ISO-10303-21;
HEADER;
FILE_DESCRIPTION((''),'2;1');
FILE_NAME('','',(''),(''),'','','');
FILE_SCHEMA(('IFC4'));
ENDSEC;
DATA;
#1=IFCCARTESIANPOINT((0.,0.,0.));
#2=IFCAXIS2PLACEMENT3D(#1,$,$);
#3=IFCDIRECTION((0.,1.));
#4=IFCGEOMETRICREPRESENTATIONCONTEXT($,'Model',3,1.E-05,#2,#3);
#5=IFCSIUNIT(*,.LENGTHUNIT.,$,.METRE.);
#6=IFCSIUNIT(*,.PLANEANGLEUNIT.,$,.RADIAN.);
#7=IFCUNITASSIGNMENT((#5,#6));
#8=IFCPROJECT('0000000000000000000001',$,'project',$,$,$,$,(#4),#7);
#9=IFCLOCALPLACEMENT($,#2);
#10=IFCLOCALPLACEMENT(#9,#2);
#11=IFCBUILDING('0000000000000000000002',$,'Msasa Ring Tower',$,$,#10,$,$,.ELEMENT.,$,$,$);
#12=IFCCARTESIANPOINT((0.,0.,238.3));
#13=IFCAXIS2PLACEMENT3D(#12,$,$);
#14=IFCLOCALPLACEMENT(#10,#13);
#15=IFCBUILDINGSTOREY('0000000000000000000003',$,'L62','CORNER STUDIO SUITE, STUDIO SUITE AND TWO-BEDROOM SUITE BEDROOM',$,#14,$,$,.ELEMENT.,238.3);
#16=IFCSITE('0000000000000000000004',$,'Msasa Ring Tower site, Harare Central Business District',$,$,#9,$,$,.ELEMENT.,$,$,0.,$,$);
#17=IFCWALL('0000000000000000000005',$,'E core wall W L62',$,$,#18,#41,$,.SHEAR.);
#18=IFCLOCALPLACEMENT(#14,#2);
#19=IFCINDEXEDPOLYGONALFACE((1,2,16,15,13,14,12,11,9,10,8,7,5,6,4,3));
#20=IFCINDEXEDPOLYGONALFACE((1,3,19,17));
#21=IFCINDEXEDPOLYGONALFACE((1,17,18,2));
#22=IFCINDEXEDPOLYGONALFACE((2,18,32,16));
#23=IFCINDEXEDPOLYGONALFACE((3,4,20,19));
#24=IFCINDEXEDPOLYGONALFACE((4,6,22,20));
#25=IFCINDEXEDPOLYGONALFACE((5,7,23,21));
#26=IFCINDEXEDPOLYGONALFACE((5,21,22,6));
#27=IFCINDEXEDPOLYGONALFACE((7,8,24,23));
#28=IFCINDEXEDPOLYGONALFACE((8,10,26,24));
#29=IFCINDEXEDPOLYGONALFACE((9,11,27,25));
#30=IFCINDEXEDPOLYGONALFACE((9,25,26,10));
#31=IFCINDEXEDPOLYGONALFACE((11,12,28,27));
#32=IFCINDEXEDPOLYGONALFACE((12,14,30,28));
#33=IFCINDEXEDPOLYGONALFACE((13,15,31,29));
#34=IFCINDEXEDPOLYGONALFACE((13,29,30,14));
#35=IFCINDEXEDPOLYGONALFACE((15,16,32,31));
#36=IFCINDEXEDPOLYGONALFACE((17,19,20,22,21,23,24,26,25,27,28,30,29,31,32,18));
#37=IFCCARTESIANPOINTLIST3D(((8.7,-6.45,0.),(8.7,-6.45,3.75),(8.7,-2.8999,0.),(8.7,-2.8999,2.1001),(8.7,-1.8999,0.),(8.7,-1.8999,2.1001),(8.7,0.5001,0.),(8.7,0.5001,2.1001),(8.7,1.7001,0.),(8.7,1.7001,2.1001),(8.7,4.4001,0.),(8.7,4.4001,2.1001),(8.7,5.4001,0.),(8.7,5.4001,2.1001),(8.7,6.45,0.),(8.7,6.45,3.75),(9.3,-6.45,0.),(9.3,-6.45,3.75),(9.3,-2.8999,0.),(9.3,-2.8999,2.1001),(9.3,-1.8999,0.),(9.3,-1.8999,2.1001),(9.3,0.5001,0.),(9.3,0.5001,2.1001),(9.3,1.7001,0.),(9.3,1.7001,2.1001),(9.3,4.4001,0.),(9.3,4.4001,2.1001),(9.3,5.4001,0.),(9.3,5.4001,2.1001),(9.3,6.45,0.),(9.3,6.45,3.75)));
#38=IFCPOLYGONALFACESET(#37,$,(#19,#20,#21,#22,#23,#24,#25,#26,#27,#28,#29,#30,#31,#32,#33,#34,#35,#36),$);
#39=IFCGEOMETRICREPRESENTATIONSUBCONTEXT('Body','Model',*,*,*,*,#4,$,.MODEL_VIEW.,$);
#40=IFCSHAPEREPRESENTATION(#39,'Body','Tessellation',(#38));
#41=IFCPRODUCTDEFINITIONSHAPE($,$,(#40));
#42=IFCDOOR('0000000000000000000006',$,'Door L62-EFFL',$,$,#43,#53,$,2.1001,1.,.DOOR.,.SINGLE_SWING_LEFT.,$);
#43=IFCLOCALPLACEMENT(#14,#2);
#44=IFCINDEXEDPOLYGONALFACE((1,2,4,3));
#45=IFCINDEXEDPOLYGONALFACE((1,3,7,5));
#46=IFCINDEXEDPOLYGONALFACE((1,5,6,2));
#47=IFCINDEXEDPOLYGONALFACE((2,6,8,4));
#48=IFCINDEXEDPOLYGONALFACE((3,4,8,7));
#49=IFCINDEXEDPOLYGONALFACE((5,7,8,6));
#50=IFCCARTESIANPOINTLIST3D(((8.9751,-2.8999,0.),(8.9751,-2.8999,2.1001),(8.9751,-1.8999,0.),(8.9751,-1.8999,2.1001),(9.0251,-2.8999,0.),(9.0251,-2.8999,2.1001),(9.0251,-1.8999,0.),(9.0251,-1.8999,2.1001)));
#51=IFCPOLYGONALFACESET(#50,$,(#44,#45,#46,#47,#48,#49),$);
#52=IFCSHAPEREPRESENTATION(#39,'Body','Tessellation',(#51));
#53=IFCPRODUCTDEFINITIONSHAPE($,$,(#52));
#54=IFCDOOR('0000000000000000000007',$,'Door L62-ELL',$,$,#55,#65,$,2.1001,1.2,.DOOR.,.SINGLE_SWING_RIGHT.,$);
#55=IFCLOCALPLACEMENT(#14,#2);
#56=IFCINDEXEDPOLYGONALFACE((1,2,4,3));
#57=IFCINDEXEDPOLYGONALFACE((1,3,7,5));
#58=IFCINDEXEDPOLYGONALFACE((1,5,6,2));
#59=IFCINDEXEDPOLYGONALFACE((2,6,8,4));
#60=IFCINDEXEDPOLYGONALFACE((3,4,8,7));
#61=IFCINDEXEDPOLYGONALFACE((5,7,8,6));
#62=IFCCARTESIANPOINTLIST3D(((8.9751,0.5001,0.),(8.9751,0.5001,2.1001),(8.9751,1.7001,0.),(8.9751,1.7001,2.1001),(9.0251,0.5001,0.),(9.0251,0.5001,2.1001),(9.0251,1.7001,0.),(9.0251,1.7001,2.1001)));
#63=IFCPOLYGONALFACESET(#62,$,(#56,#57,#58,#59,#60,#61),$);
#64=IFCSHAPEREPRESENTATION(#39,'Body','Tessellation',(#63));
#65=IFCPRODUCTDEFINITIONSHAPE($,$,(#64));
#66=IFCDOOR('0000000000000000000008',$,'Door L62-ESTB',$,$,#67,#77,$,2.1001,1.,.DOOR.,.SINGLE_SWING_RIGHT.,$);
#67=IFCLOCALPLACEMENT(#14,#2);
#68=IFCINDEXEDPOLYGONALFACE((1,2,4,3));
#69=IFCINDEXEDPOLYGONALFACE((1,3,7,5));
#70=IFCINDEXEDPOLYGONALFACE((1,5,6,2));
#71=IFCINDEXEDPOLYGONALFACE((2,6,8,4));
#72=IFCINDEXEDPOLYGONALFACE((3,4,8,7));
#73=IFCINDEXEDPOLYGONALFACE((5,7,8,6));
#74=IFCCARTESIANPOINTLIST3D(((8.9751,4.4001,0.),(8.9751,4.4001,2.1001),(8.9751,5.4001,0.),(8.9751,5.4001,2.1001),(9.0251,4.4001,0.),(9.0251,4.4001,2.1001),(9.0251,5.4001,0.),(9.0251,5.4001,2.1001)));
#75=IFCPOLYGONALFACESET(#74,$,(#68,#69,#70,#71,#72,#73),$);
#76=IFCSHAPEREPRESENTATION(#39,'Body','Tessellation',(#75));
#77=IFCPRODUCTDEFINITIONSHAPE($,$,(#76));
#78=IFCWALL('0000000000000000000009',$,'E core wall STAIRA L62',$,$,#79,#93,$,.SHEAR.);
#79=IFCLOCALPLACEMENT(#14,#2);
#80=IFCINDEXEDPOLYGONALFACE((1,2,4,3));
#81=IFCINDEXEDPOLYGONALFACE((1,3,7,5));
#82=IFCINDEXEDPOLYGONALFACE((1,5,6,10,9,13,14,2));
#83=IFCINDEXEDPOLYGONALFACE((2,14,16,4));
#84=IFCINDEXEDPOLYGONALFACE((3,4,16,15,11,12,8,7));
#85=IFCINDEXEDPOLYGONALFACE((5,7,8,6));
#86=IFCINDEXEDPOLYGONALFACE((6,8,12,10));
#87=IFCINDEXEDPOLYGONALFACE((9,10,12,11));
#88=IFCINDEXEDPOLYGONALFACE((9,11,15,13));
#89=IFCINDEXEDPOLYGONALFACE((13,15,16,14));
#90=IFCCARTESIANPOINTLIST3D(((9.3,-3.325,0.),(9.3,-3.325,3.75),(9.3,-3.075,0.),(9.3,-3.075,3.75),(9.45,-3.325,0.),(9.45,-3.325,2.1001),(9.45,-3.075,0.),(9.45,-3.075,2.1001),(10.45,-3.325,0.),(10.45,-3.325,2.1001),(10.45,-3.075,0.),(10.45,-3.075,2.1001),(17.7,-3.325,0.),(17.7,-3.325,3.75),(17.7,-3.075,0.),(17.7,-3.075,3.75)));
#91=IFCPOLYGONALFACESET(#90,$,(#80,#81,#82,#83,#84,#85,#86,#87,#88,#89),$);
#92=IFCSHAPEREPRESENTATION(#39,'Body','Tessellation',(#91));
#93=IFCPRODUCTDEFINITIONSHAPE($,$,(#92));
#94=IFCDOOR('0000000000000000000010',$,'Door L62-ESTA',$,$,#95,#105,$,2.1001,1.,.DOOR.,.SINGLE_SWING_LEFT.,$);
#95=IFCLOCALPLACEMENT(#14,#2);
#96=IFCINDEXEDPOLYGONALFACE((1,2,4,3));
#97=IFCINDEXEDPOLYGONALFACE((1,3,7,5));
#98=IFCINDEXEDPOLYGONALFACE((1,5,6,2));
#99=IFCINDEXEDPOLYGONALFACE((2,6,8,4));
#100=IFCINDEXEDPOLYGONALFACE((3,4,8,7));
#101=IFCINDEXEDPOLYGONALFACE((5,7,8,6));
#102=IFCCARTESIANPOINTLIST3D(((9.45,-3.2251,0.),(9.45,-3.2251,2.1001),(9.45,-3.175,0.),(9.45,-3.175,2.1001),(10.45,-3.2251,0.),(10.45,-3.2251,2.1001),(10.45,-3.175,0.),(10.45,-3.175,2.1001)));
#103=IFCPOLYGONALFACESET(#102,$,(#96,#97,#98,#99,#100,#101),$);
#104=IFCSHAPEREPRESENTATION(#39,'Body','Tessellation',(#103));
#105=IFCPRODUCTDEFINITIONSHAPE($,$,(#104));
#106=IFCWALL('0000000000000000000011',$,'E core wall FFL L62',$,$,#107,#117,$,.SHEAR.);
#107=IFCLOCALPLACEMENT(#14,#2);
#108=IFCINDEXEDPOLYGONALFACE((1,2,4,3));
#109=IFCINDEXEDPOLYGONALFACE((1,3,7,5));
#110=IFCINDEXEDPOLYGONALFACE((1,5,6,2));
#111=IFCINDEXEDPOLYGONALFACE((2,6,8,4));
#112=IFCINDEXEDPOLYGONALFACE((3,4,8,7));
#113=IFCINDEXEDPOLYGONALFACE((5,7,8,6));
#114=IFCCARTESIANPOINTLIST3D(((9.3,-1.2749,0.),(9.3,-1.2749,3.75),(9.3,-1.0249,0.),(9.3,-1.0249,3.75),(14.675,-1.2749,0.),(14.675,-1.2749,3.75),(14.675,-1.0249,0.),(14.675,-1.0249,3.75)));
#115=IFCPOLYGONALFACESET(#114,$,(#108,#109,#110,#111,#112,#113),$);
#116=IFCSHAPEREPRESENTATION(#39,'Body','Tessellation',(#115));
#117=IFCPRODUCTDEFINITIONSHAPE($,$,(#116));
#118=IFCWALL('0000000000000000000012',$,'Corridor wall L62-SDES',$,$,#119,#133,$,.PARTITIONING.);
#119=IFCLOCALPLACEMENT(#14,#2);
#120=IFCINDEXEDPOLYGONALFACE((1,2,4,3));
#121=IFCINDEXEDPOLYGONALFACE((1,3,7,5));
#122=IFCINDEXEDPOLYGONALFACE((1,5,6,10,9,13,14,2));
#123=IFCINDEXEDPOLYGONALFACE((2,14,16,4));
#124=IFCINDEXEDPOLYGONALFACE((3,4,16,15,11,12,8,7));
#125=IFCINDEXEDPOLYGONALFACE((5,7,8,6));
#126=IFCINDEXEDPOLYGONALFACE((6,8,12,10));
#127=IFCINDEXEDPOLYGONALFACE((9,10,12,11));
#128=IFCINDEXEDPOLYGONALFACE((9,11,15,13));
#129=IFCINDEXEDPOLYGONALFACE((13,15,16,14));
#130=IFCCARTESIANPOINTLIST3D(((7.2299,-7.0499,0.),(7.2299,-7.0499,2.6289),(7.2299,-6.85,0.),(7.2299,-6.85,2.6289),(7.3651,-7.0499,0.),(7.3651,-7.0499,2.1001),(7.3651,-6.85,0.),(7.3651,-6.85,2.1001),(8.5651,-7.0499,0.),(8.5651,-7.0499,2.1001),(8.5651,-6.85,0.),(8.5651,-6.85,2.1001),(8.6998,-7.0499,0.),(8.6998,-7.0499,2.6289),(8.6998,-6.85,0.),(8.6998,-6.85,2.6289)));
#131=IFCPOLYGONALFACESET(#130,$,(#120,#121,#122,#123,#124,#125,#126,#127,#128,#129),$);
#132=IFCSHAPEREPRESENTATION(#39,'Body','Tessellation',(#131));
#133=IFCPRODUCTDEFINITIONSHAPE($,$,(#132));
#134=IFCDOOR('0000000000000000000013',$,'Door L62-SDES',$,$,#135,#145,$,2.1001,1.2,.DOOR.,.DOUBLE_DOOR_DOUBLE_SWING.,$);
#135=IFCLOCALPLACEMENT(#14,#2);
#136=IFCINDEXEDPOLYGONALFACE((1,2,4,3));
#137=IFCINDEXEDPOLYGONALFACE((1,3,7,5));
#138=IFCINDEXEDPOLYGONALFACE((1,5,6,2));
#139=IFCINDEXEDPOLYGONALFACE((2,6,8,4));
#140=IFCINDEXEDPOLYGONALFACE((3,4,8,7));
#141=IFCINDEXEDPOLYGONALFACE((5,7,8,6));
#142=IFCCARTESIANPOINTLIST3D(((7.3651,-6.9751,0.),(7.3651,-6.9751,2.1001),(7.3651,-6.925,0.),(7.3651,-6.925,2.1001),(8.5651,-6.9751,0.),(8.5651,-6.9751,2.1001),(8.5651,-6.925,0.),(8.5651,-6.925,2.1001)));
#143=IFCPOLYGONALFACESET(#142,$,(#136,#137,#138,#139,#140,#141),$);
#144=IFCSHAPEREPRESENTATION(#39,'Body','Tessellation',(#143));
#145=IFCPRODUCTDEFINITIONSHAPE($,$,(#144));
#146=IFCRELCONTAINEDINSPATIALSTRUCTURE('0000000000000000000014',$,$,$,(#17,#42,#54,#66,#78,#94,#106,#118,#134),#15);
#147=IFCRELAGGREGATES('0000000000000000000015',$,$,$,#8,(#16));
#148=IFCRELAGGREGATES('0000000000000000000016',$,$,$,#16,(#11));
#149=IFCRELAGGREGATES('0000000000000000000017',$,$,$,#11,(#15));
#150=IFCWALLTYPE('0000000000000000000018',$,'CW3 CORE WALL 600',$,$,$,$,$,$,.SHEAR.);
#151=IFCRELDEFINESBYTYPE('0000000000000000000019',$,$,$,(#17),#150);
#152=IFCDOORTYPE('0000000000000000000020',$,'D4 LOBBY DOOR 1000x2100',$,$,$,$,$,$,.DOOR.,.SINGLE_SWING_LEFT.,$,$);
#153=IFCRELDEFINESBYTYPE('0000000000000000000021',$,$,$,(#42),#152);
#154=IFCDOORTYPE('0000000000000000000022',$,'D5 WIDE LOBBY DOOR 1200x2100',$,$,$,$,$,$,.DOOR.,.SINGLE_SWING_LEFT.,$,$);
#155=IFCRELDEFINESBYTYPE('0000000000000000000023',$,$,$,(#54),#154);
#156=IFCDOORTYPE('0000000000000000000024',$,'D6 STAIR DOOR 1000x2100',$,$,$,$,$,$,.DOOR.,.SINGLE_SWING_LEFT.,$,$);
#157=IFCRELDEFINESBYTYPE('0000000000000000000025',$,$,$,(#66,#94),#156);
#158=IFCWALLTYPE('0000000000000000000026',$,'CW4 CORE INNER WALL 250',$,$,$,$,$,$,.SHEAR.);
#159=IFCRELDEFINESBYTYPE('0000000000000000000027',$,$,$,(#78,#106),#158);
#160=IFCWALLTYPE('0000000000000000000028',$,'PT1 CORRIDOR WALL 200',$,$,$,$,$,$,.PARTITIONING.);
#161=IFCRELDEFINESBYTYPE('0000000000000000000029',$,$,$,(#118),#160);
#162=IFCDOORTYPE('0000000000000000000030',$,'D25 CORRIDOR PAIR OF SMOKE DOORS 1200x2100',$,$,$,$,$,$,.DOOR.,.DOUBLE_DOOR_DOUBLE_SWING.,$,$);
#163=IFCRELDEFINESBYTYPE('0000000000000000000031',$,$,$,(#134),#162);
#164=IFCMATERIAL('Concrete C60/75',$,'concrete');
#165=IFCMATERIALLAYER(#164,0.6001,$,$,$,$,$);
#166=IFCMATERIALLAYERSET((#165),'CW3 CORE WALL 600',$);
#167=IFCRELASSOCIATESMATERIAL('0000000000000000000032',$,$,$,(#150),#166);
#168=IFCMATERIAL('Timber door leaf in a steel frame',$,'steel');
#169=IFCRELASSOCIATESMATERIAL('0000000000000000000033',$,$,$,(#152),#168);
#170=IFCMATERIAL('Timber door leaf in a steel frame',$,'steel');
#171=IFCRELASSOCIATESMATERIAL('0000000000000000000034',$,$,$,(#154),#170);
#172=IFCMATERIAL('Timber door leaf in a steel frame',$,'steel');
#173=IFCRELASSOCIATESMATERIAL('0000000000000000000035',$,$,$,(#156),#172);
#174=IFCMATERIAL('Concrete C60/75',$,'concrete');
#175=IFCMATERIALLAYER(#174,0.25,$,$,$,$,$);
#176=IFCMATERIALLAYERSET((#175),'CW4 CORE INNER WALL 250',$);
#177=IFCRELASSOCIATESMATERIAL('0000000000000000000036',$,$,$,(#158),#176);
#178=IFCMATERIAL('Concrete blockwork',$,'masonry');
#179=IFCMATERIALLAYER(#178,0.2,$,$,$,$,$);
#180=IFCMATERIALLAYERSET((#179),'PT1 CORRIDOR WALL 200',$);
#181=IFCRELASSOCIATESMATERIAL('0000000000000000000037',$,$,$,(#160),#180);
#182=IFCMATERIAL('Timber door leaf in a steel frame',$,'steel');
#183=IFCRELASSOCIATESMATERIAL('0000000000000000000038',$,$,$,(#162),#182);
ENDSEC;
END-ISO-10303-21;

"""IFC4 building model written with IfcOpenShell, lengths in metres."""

from ifc_helpers import new_model, si_unit, direction, frame, frame_2d, origin, place, context, subcontext, project, spatial, rectangle, extrude, material, layer, layer_set, type_object, element, fill, save


model = new_model("IFC4")

# Units and contexts
model_context = context("Model", 3, precision=1e-05, world=origin(), true_north=direction((0.0, 1.0)))
body_context = subcontext(model_context, "Body", "Model", "MODEL_VIEW")
ifc_project = project(units=[si_unit("LENGTHUNIT", "METRE"), si_unit("PLANEANGLEUNIT", "RADIAN")], contexts=[model_context])

# Site, building, storey
site_placement = place(None, origin())
site = spatial("IfcSite", under=ifc_project, at=site_placement, Name="Msasa Ring Tower site, Harare Central Business District", CompositionType="ELEMENT", RefElevation=0.0)
building_placement = place(site_placement, origin())
building = spatial("IfcBuilding", under=site, at=building_placement, Name="Msasa Ring Tower", CompositionType="ELEMENT")
storey_placement = place(building_placement, frame((0.0, 0.0, 238.3)))
storey = spatial("IfcBuildingStorey", under=building, at=storey_placement, Name="L62", Description="CORNER STUDIO SUITE, STUDIO SUITE AND TWO-BEDROOM SUITE BEDROOM", CompositionType="ELEMENT", Elevation=238.3)

# Shared definitions
ifc_material_1 = material(Name="Concrete C60/75", Category="concrete")
ifc_layer_1 = layer(ifc_material_1, 0.6001)
ifc_layer_set_1 = layer_set([ifc_layer_1], Name="CW3 CORE WALL 600")
wall_type_1 = type_object("IfcWallType", Name="CW3 CORE WALL 600", PredefinedType="SHEAR", material=ifc_layer_set_1)

# Wall, openings, doors
wall_1_placement = place(storey_placement, frame((9.0, -6.45, 0.0), z_axis=(0.0, 0.0, 1.0), x_axis=(0.0, 1.0, 0.0)))
wall_1 = element("IfcWall", 1, at=wall_1_placement, inside=storey, type_object=wall_type_1, Name="E core wall W L62", PredefinedType="SHEAR", context=body_context, shape_type="SweptSolid", body=[
    extrude(rectangle(XDim=12.8999, YDim=0.6001, at=frame_2d((6.45, 0.0))), origin(), (0.0, 0.0, 1.0), 3.75),
])
opening_1_placement = place(wall_1_placement, frame((3.55, 0.0, 0.0)))
opening_1 = element("IfcOpeningElement", 2, at=opening_1_placement, cuts=wall_1, PredefinedType="OPENING", context=body_context, shape_type="SweptSolid", body=[
    extrude(rectangle(XDim=1.0, YDim=2.1001, at=frame_2d((0.5, 1.05))), frame((0.0, 0.3101, 0.0), z_axis=(0.0, -1.0, 0.0), x_axis=(1.0, 0.0, 0.0)), (0.0, 0.0, 1.0), 0.6201),
])
opening_2_placement = place(wall_1_placement, frame((6.95, 0.0, 0.0)))
opening_2 = element("IfcOpeningElement", 3, at=opening_2_placement, cuts=wall_1, PredefinedType="OPENING", context=body_context, shape_type="SweptSolid", body=[
    extrude(rectangle(XDim=1.2, YDim=2.1001, at=frame_2d((0.6001, 1.05))), frame((0.0, 0.3101, 0.0), z_axis=(0.0, -1.0, 0.0), x_axis=(1.0, 0.0, 0.0)), (0.0, 0.0, 1.0), 0.6201),
])
opening_3_placement = place(wall_1_placement, frame((10.8501, 0.0, 0.0)))
opening_3 = element("IfcOpeningElement", 4, at=opening_3_placement, cuts=wall_1, PredefinedType="OPENING", context=body_context, shape_type="SweptSolid", body=[
    extrude(rectangle(XDim=1.0, YDim=2.1001, at=frame_2d((0.5, 1.05))), frame((0.0, 0.3101, 0.0), z_axis=(0.0, -1.0, 0.0), x_axis=(1.0, 0.0, 0.0)), (0.0, 0.0, 1.0), 0.6201),
])
ifc_material_2 = material(Name="Timber door leaf in a steel frame", Category="steel")
door_type_1 = type_object("IfcDoorType", Name="D4 LOBBY DOOR 1000x2100", OperationType="SINGLE_SWING_LEFT", PredefinedType="DOOR", material=ifc_material_2)
door_1_placement = place(opening_1_placement, origin())
door_1 = element("IfcDoor", 5, at=door_1_placement, inside=storey, type_object=door_type_1, Name="Door L62-EFFL", OperationType="SINGLE_SWING_LEFT", OverallHeight=2.1001, OverallWidth=1.0, PredefinedType="DOOR", context=body_context, shape_type="SweptSolid", body=[
    extrude(rectangle(XDim=1.0, YDim=2.1001, at=frame_2d((0.5, 1.05))), frame((0.0, 0.0249, 0.0), z_axis=(0.0, -1.0, 0.0), x_axis=(1.0, 0.0, 0.0)), (0.0, 0.0, 1.0), 0.05),
])
fill(opening_1, door_1)
ifc_material_3 = material(Name="Timber door leaf in a steel frame", Category="steel")
door_type_2 = type_object("IfcDoorType", Name="D5 WIDE LOBBY DOOR 1200x2100", OperationType="SINGLE_SWING_LEFT", PredefinedType="DOOR", material=ifc_material_3)
door_2_placement = place(opening_2_placement, origin())
door_2 = element("IfcDoor", 6, at=door_2_placement, inside=storey, type_object=door_type_2, Name="Door L62-ELL", OperationType="SINGLE_SWING_RIGHT", OverallHeight=2.1001, OverallWidth=1.2, PredefinedType="DOOR", context=body_context, shape_type="SweptSolid", body=[
    extrude(rectangle(XDim=1.2, YDim=2.1001, at=frame_2d((0.6001, 1.05))), frame((0.0, 0.0249, 0.0), z_axis=(0.0, -1.0, 0.0), x_axis=(1.0, 0.0, 0.0)), (0.0, 0.0, 1.0), 0.05),
])
fill(opening_2, door_2)
ifc_material_4 = material(Name="Timber door leaf in a steel frame", Category="steel")
door_type_3 = type_object("IfcDoorType", Name="D6 STAIR DOOR 1000x2100", OperationType="SINGLE_SWING_LEFT", PredefinedType="DOOR", material=ifc_material_4)
door_3_placement = place(opening_3_placement, origin())
door_3 = element("IfcDoor", 7, at=door_3_placement, inside=storey, type_object=door_type_3, Name="Door L62-ESTB", OperationType="SINGLE_SWING_RIGHT", OverallHeight=2.1001, OverallWidth=1.0, PredefinedType="DOOR", context=body_context, shape_type="SweptSolid", body=[
    extrude(rectangle(XDim=1.0, YDim=2.1001, at=frame_2d((0.5, 1.05))), frame((0.0, 0.0249, 0.0), z_axis=(0.0, -1.0, 0.0), x_axis=(1.0, 0.0, 0.0)), (0.0, 0.0, 1.0), 0.05),
])
fill(opening_3, door_3)

# Wall, opening, door
ifc_material_5 = material(Name="Concrete C60/75", Category="concrete")
ifc_layer_2 = layer(ifc_material_5, 0.25)
ifc_layer_set_2 = layer_set([ifc_layer_2], Name="CW4 CORE INNER WALL 250")
wall_type_2 = type_object("IfcWallType", Name="CW4 CORE INNER WALL 250", PredefinedType="SHEAR", material=ifc_layer_set_2)
wall_2_placement = place(storey_placement, frame((9.3, -3.2, 0.0), z_axis=(0.0, 0.0, 1.0), x_axis=(1.0, 0.0, 0.0)))
wall_2 = element("IfcWall", 8, at=wall_2_placement, inside=storey, type_object=wall_type_2, Name="E core wall STAIRA L62", PredefinedType="SHEAR", context=body_context, shape_type="SweptSolid", body=[
    extrude(rectangle(XDim=8.3999, YDim=0.25, at=frame_2d((4.2, 0.0))), origin(), (0.0, 0.0, 1.0), 3.75),
])
opening_4_placement = place(wall_2_placement, frame((0.1499, 0.0, 0.0)))
opening_4 = element("IfcOpeningElement", 9, at=opening_4_placement, cuts=wall_2, PredefinedType="OPENING", context=body_context, shape_type="SweptSolid", body=[
    extrude(rectangle(XDim=1.0, YDim=2.1001, at=frame_2d((0.5, 1.05))), frame((0.0, 0.135, 0.0), z_axis=(0.0, -1.0, 0.0), x_axis=(1.0, 0.0, 0.0)), (0.0, 0.0, 1.0), 0.27),
])
door_4_placement = place(opening_4_placement, origin())
door_4 = element("IfcDoor", 10, at=door_4_placement, inside=storey, type_object=door_type_3, Name="Door L62-ESTA", OperationType="SINGLE_SWING_LEFT", OverallHeight=2.1001, OverallWidth=1.0, PredefinedType="DOOR", context=body_context, shape_type="SweptSolid", body=[
    extrude(rectangle(XDim=1.0, YDim=2.1001, at=frame_2d((0.5, 1.05))), frame((0.0, 0.0249, 0.0), z_axis=(0.0, -1.0, 0.0), x_axis=(1.0, 0.0, 0.0)), (0.0, 0.0, 1.0), 0.05),
])
fill(opening_4, door_4)

# Wall
wall_3_placement = place(storey_placement, frame((9.3, -1.1499, 0.0), z_axis=(0.0, 0.0, 1.0), x_axis=(1.0, 0.0, 0.0)))
element("IfcWall", 11, at=wall_3_placement, inside=storey, type_object=wall_type_2, Name="E core wall FFL L62", PredefinedType="SHEAR", context=body_context, shape_type="SweptSolid", body=[
    extrude(rectangle(XDim=5.375, YDim=0.25, at=frame_2d((2.6875, 0.0))), origin(), (0.0, 0.0, 1.0), 3.75),
])

# Wall, opening, door
ifc_material_6 = material(Name="Concrete blockwork", Category="masonry")
ifc_layer_3 = layer(ifc_material_6, 0.2)
ifc_layer_set_3 = layer_set([ifc_layer_3], Name="PT1 CORRIDOR WALL 200")
wall_type_3 = type_object("IfcWallType", Name="PT1 CORRIDOR WALL 200", PredefinedType="PARTITIONING", material=ifc_layer_set_3)
wall_4_placement = place(storey_placement, frame((7.23, -6.95, 0.0), z_axis=(0.0, 0.0, 1.0), x_axis=(1.0, 0.0, 0.0)))
wall_4 = element("IfcWall", 12, at=wall_4_placement, inside=storey, type_object=wall_type_3, Name="Corridor wall L62-SDES", PredefinedType="PARTITIONING", context=body_context, shape_type="SweptSolid", body=[
    extrude(rectangle(XDim=1.47, YDim=0.2, at=frame_2d((0.7349, 0.0))), origin(), (0.0, 0.0, 1.0), 2.6289),
])
opening_5_placement = place(wall_4_placement, frame((0.135, 0.0, 0.0)))
opening_5 = element("IfcOpeningElement", 13, at=opening_5_placement, cuts=wall_4, PredefinedType="OPENING", context=body_context, shape_type="SweptSolid", body=[
    extrude(rectangle(XDim=1.2, YDim=2.1001, at=frame_2d((0.6001, 1.05))), frame((0.0, 0.1099, 0.0), z_axis=(0.0, -1.0, 0.0), x_axis=(1.0, 0.0, 0.0)), (0.0, 0.0, 1.0), 0.22),
])
ifc_material_7 = material(Name="Timber door leaf in a steel frame", Category="steel")
door_type_4 = type_object("IfcDoorType", Name="D25 CORRIDOR PAIR OF SMOKE DOORS 1200x2100", OperationType="DOUBLE_DOOR_DOUBLE_SWING", PredefinedType="DOOR", material=ifc_material_7)
door_5_placement = place(opening_5_placement, origin())
door_5 = element("IfcDoor", 14, at=door_5_placement, inside=storey, type_object=door_type_4, Name="Door L62-SDES", OperationType="DOUBLE_DOOR_DOUBLE_SWING", OverallHeight=2.1001, OverallWidth=1.2, PredefinedType="DOOR", context=body_context, shape_type="SweptSolid", body=[
    extrude(rectangle(XDim=1.2, YDim=2.1001, at=frame_2d((0.6001, 1.05))), frame((0.0, 0.0249, 0.0), z_axis=(0.0, -1.0, 0.0), x_axis=(1.0, 0.0, 0.0)), (0.0, 0.0, 1.0), 0.05),
])
fill(opening_5, door_5)

save(model, "model.ifc")
